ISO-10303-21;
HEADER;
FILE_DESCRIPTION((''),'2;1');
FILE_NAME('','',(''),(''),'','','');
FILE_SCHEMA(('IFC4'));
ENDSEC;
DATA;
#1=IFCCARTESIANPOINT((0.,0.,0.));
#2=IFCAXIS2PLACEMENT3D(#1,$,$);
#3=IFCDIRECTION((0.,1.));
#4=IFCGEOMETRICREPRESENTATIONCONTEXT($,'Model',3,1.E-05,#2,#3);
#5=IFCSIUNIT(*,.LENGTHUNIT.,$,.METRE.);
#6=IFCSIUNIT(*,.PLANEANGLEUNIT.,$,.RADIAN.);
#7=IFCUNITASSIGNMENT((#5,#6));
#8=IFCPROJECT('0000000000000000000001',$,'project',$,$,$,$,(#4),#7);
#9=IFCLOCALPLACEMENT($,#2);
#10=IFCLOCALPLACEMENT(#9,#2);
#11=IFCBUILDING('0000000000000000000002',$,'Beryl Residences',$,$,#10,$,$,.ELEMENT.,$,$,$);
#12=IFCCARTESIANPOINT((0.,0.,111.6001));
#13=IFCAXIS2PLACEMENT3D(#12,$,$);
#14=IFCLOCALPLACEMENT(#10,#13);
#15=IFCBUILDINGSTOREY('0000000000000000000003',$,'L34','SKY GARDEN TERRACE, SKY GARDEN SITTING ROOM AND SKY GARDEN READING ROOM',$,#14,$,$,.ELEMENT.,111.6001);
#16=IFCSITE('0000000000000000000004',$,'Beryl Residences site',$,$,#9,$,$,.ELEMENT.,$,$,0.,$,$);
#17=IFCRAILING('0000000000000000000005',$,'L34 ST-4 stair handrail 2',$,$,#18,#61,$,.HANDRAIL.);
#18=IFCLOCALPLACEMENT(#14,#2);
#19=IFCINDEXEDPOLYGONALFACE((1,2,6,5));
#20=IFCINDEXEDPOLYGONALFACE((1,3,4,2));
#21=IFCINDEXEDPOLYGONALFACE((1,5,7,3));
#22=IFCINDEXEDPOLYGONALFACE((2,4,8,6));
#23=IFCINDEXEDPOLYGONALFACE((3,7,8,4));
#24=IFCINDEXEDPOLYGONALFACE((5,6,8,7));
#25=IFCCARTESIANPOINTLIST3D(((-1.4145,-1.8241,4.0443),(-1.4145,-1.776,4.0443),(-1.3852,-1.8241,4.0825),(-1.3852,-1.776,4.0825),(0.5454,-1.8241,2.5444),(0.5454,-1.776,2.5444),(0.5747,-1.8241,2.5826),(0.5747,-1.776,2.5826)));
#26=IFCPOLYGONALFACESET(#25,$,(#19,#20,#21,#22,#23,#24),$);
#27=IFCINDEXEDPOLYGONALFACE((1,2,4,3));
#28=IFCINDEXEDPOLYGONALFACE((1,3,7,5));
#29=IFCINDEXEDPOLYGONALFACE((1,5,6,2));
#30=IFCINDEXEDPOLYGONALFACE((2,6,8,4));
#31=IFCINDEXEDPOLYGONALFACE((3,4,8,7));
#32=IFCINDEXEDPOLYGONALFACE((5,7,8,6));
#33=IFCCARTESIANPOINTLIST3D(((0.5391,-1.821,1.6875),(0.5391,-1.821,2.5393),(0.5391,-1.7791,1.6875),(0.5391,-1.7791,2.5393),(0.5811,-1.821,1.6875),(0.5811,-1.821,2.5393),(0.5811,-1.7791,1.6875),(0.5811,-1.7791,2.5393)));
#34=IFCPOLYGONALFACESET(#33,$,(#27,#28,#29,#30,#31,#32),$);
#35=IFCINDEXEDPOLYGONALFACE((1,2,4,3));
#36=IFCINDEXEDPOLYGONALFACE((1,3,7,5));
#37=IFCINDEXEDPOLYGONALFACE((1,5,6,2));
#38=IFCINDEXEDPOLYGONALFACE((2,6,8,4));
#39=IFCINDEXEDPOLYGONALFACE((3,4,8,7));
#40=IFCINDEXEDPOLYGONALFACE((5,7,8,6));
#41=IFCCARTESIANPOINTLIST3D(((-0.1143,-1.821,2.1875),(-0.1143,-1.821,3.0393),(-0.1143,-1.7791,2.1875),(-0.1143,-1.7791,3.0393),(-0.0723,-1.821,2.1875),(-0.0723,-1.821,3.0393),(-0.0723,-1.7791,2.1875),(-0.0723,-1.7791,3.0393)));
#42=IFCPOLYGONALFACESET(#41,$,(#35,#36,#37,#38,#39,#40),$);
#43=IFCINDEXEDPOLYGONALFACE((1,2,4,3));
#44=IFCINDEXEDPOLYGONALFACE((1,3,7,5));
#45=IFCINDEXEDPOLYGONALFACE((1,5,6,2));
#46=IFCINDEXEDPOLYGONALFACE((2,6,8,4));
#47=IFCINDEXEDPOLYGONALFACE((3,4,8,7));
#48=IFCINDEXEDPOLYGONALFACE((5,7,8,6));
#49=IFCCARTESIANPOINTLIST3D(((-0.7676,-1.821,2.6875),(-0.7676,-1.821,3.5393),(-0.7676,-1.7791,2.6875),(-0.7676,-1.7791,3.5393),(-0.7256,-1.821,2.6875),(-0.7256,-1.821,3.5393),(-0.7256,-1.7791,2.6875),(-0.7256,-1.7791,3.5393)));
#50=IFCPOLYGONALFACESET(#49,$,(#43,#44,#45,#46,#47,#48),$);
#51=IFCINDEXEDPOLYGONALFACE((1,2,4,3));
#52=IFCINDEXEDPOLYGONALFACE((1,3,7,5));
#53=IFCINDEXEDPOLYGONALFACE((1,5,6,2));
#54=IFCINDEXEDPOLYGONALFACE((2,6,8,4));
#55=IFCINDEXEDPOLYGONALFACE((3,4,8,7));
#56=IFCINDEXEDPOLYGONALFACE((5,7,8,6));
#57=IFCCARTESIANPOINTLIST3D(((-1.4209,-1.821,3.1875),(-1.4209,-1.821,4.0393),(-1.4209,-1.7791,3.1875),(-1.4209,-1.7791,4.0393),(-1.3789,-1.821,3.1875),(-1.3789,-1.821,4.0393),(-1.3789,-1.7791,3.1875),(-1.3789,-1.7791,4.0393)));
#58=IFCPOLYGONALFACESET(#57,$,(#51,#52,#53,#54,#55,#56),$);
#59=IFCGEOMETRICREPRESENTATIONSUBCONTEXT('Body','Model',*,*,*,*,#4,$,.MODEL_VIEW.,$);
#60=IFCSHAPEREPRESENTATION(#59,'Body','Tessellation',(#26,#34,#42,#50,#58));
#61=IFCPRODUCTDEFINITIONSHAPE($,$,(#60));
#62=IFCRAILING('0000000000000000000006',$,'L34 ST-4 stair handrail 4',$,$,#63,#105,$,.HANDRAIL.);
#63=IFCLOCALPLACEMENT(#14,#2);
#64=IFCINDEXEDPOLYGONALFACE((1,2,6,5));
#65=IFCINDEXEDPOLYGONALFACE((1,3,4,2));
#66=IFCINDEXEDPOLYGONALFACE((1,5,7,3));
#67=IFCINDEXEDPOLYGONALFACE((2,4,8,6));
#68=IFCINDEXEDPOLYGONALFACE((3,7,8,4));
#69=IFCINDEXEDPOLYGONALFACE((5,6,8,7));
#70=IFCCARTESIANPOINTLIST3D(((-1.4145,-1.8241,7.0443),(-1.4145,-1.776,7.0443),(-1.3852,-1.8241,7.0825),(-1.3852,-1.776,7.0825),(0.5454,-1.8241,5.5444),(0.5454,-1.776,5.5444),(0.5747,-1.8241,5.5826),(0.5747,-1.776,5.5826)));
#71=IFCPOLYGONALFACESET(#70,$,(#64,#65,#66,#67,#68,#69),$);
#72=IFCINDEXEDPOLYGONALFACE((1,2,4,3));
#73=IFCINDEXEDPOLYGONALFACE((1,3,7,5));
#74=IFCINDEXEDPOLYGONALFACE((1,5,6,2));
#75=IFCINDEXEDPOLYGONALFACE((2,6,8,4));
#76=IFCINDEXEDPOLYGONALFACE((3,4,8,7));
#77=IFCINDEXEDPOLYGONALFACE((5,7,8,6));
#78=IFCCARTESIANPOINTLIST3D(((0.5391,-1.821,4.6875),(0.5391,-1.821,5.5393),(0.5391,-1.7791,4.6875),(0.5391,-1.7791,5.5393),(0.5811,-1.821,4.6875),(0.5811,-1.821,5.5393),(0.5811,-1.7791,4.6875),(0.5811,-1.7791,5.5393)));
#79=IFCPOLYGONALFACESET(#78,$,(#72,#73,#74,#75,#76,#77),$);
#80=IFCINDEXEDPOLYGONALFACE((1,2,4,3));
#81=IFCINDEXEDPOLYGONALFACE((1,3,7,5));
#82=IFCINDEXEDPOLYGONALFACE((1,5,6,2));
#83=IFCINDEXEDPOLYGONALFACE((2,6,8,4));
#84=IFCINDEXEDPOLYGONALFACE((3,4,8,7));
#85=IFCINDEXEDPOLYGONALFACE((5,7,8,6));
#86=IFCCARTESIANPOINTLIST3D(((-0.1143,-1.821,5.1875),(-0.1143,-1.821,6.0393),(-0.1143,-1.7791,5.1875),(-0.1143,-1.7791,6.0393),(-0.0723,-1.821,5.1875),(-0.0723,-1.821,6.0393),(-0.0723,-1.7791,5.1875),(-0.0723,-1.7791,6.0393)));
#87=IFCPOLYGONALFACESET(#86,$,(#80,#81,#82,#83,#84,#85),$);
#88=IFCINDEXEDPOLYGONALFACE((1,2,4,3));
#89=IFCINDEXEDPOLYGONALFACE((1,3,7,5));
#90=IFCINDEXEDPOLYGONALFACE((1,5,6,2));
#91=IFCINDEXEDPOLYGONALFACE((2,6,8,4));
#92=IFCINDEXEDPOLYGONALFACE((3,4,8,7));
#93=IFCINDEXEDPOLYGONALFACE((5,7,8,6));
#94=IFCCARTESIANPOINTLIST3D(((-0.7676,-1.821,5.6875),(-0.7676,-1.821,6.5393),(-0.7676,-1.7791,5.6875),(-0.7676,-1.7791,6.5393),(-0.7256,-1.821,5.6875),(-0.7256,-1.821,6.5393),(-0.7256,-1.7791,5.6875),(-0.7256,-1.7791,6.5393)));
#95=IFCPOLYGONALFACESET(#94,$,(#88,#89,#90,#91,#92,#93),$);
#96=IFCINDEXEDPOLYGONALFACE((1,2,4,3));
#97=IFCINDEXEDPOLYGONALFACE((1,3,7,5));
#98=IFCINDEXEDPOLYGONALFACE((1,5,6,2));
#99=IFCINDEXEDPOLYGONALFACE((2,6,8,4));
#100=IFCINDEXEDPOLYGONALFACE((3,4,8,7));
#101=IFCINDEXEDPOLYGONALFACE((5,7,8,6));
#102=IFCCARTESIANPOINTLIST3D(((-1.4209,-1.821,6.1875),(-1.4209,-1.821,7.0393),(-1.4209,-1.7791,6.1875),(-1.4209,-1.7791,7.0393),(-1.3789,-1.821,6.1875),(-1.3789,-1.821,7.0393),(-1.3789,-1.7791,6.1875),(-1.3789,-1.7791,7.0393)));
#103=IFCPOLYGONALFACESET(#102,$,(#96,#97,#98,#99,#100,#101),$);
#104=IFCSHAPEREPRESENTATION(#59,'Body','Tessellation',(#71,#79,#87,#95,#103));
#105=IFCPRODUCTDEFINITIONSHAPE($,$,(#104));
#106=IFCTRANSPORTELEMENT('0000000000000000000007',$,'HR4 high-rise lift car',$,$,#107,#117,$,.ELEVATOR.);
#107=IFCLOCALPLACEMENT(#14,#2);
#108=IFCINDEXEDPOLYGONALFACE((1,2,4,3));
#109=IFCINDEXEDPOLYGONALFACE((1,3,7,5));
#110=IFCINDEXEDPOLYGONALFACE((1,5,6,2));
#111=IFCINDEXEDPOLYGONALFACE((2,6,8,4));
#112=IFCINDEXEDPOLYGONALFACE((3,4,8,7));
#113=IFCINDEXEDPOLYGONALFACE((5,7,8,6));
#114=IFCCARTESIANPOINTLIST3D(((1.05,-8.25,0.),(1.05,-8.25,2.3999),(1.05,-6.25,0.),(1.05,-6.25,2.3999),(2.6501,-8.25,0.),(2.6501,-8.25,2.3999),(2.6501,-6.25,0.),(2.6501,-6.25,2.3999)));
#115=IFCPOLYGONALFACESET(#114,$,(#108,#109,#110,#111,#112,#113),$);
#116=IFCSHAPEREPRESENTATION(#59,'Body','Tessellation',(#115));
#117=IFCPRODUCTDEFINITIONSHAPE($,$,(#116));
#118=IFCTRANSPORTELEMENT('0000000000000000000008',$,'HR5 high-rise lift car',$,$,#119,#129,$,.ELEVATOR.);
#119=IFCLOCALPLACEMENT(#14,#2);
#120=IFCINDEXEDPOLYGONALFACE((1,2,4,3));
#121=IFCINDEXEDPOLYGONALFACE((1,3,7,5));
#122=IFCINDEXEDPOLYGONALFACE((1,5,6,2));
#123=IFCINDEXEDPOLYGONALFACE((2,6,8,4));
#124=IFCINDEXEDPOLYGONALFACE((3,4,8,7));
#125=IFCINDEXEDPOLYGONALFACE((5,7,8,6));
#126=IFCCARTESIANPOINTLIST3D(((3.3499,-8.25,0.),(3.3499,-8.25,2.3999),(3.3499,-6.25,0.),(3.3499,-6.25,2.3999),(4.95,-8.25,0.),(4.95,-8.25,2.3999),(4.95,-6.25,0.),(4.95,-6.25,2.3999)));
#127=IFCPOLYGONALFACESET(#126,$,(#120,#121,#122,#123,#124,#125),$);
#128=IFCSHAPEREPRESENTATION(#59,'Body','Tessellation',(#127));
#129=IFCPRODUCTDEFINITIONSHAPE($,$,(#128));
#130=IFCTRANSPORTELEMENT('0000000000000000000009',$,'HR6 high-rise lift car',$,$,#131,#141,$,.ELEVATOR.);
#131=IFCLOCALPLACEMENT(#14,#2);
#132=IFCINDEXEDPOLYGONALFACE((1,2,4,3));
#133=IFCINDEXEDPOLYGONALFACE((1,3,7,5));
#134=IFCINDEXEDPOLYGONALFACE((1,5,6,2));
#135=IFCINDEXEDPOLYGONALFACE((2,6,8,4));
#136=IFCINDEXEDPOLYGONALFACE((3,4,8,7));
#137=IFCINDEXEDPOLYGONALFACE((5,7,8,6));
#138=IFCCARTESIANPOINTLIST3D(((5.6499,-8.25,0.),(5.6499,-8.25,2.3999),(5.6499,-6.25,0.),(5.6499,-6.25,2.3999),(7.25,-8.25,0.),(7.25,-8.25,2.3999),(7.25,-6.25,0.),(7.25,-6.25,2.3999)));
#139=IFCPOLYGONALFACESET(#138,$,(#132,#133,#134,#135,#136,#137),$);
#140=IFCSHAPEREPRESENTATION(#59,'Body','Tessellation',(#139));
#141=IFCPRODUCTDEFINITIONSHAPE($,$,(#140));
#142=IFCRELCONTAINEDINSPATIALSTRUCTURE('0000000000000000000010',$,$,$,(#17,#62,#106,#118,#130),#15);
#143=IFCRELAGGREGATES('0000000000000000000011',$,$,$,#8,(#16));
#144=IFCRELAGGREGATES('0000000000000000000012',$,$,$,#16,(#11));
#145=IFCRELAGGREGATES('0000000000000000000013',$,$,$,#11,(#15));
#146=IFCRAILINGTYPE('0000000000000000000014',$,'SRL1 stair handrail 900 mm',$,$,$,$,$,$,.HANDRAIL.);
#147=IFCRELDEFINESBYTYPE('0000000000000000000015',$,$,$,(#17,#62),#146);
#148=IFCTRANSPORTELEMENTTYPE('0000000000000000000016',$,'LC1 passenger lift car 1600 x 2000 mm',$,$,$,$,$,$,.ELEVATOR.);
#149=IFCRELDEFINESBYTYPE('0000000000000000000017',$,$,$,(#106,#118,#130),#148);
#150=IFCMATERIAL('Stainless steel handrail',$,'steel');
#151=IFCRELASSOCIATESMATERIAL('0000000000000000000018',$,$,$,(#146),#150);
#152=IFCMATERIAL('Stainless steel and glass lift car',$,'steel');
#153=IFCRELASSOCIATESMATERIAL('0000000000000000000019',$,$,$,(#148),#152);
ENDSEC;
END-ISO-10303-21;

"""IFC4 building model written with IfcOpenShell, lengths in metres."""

from ifc_helpers import new_model, si_unit, direction, frame, origin, origin_2d, place, context, subcontext, project, spatial, rectangle, extrude, material, type_object, element, save


model = new_model("IFC4")

# Units and contexts
model_context = context("Model", 3, precision=1e-05, world=origin(), true_north=direction((0.0, 1.0)))
body_context = subcontext(model_context, "Body", "Model", "MODEL_VIEW")
ifc_project = project(units=[si_unit("LENGTHUNIT", "METRE"), si_unit("PLANEANGLEUNIT", "RADIAN")], contexts=[model_context])

# Site, building, storey
site_placement = place(None, origin())
site = spatial("IfcSite", under=ifc_project, at=site_placement, Name="Beryl Residences site", CompositionType="ELEMENT", RefElevation=0.0)
building_placement = place(site_placement, origin())
building = spatial("IfcBuilding", under=site, at=building_placement, Name="Beryl Residences", CompositionType="ELEMENT")
storey_placement = place(building_placement, frame((0.0, 0.0, 111.6001)))
storey = spatial("IfcBuildingStorey", under=building, at=storey_placement, Name="L34", Description="SKY GARDEN TERRACE, SKY GARDEN SITTING ROOM AND SKY GARDEN READING ROOM", CompositionType="ELEMENT", Elevation=111.6001)

# Railings
ifc_material_1 = material(Name="Stainless steel handrail", Category="steel")
railing_type_1 = type_object("IfcRailingType", Name="SRL1 stair handrail 900 mm", PredefinedType="HANDRAIL", material=ifc_material_1)
for number, where, name in (
    (1, (0.5601, -1.8, 1.6875), "L34 ST-4 stair handrail 2"),
    (2, (0.5601, -1.8, 4.6875), "L34 ST-4 stair handrail 4"),
):
    element("IfcRailing", number, at=place(storey_placement, frame(where)), inside=storey, type_object=railing_type_1, Name=name, PredefinedType="HANDRAIL", context=body_context, shape_type="SweptSolid", body=[
        extrude(rectangle(XDim=0.0481, YDim=0.0481, at=origin_2d()), frame((0.0, 0.0, 0.876), z_axis=(-0.794122, 0.0, 0.607758), x_axis=(0.0, -1.0, 0.0)), (0.0, 0.0, 1.0), 2.468),
        extrude(rectangle(XDim=0.042, YDim=0.042, at=origin_2d()), origin(), (0.0, 0.0, 1.0), 0.8518),
        extrude(rectangle(XDim=0.042, YDim=0.042, at=origin_2d()), frame((-0.6533, 0.0, 0.5)), (0.0, 0.0, 1.0), 0.8518),
        extrude(rectangle(XDim=0.042, YDim=0.042, at=origin_2d()), frame((-1.3066, 0.0, 1.0)), (0.0, 0.0, 1.0), 0.8518),
        extrude(rectangle(XDim=0.042, YDim=0.042, at=origin_2d()), frame((-1.96, 0.0, 1.5)), (0.0, 0.0, 1.0), 0.8518),
    ])

# Transport elements
ifc_material_2 = material(Name="Stainless steel and glass lift car", Category="steel")
transport_element_type = type_object("IfcTransportElementType", Name="LC1 passenger lift car 1600 x 2000 mm", PredefinedType="ELEVATOR", material=ifc_material_2)
for number, where, z_axis, x_axis, name in (
    (3, (1.8501, -7.25, 0.0), (0.0, 0.0, 1.0), (1.0, 0.0, 0.0), "HR4 high-rise lift car"),
    (4, (4.1499, -7.25, 0.0), (0.0, 0.0, 1.0), (1.0, 0.0, 0.0), "HR5 high-rise lift car"),
    (5, (6.45, -7.25, 0.0), (0.0, 0.0, 1.0), (1.0, 0.0, 0.0), "HR6 high-rise lift car"),
):
    element("IfcTransportElement", number, at=place(storey_placement, frame(where, z_axis=z_axis, x_axis=x_axis)), inside=storey, type_object=transport_element_type, Name=name, PredefinedType="ELEVATOR", context=body_context, shape_type="SweptSolid", body=[
        extrude(rectangle(XDim=1.6001, YDim=2.0, at=origin_2d()), origin(), (0.0, 0.0, 1.0), 2.3999),
    ])

save(model, "model.ifc")
